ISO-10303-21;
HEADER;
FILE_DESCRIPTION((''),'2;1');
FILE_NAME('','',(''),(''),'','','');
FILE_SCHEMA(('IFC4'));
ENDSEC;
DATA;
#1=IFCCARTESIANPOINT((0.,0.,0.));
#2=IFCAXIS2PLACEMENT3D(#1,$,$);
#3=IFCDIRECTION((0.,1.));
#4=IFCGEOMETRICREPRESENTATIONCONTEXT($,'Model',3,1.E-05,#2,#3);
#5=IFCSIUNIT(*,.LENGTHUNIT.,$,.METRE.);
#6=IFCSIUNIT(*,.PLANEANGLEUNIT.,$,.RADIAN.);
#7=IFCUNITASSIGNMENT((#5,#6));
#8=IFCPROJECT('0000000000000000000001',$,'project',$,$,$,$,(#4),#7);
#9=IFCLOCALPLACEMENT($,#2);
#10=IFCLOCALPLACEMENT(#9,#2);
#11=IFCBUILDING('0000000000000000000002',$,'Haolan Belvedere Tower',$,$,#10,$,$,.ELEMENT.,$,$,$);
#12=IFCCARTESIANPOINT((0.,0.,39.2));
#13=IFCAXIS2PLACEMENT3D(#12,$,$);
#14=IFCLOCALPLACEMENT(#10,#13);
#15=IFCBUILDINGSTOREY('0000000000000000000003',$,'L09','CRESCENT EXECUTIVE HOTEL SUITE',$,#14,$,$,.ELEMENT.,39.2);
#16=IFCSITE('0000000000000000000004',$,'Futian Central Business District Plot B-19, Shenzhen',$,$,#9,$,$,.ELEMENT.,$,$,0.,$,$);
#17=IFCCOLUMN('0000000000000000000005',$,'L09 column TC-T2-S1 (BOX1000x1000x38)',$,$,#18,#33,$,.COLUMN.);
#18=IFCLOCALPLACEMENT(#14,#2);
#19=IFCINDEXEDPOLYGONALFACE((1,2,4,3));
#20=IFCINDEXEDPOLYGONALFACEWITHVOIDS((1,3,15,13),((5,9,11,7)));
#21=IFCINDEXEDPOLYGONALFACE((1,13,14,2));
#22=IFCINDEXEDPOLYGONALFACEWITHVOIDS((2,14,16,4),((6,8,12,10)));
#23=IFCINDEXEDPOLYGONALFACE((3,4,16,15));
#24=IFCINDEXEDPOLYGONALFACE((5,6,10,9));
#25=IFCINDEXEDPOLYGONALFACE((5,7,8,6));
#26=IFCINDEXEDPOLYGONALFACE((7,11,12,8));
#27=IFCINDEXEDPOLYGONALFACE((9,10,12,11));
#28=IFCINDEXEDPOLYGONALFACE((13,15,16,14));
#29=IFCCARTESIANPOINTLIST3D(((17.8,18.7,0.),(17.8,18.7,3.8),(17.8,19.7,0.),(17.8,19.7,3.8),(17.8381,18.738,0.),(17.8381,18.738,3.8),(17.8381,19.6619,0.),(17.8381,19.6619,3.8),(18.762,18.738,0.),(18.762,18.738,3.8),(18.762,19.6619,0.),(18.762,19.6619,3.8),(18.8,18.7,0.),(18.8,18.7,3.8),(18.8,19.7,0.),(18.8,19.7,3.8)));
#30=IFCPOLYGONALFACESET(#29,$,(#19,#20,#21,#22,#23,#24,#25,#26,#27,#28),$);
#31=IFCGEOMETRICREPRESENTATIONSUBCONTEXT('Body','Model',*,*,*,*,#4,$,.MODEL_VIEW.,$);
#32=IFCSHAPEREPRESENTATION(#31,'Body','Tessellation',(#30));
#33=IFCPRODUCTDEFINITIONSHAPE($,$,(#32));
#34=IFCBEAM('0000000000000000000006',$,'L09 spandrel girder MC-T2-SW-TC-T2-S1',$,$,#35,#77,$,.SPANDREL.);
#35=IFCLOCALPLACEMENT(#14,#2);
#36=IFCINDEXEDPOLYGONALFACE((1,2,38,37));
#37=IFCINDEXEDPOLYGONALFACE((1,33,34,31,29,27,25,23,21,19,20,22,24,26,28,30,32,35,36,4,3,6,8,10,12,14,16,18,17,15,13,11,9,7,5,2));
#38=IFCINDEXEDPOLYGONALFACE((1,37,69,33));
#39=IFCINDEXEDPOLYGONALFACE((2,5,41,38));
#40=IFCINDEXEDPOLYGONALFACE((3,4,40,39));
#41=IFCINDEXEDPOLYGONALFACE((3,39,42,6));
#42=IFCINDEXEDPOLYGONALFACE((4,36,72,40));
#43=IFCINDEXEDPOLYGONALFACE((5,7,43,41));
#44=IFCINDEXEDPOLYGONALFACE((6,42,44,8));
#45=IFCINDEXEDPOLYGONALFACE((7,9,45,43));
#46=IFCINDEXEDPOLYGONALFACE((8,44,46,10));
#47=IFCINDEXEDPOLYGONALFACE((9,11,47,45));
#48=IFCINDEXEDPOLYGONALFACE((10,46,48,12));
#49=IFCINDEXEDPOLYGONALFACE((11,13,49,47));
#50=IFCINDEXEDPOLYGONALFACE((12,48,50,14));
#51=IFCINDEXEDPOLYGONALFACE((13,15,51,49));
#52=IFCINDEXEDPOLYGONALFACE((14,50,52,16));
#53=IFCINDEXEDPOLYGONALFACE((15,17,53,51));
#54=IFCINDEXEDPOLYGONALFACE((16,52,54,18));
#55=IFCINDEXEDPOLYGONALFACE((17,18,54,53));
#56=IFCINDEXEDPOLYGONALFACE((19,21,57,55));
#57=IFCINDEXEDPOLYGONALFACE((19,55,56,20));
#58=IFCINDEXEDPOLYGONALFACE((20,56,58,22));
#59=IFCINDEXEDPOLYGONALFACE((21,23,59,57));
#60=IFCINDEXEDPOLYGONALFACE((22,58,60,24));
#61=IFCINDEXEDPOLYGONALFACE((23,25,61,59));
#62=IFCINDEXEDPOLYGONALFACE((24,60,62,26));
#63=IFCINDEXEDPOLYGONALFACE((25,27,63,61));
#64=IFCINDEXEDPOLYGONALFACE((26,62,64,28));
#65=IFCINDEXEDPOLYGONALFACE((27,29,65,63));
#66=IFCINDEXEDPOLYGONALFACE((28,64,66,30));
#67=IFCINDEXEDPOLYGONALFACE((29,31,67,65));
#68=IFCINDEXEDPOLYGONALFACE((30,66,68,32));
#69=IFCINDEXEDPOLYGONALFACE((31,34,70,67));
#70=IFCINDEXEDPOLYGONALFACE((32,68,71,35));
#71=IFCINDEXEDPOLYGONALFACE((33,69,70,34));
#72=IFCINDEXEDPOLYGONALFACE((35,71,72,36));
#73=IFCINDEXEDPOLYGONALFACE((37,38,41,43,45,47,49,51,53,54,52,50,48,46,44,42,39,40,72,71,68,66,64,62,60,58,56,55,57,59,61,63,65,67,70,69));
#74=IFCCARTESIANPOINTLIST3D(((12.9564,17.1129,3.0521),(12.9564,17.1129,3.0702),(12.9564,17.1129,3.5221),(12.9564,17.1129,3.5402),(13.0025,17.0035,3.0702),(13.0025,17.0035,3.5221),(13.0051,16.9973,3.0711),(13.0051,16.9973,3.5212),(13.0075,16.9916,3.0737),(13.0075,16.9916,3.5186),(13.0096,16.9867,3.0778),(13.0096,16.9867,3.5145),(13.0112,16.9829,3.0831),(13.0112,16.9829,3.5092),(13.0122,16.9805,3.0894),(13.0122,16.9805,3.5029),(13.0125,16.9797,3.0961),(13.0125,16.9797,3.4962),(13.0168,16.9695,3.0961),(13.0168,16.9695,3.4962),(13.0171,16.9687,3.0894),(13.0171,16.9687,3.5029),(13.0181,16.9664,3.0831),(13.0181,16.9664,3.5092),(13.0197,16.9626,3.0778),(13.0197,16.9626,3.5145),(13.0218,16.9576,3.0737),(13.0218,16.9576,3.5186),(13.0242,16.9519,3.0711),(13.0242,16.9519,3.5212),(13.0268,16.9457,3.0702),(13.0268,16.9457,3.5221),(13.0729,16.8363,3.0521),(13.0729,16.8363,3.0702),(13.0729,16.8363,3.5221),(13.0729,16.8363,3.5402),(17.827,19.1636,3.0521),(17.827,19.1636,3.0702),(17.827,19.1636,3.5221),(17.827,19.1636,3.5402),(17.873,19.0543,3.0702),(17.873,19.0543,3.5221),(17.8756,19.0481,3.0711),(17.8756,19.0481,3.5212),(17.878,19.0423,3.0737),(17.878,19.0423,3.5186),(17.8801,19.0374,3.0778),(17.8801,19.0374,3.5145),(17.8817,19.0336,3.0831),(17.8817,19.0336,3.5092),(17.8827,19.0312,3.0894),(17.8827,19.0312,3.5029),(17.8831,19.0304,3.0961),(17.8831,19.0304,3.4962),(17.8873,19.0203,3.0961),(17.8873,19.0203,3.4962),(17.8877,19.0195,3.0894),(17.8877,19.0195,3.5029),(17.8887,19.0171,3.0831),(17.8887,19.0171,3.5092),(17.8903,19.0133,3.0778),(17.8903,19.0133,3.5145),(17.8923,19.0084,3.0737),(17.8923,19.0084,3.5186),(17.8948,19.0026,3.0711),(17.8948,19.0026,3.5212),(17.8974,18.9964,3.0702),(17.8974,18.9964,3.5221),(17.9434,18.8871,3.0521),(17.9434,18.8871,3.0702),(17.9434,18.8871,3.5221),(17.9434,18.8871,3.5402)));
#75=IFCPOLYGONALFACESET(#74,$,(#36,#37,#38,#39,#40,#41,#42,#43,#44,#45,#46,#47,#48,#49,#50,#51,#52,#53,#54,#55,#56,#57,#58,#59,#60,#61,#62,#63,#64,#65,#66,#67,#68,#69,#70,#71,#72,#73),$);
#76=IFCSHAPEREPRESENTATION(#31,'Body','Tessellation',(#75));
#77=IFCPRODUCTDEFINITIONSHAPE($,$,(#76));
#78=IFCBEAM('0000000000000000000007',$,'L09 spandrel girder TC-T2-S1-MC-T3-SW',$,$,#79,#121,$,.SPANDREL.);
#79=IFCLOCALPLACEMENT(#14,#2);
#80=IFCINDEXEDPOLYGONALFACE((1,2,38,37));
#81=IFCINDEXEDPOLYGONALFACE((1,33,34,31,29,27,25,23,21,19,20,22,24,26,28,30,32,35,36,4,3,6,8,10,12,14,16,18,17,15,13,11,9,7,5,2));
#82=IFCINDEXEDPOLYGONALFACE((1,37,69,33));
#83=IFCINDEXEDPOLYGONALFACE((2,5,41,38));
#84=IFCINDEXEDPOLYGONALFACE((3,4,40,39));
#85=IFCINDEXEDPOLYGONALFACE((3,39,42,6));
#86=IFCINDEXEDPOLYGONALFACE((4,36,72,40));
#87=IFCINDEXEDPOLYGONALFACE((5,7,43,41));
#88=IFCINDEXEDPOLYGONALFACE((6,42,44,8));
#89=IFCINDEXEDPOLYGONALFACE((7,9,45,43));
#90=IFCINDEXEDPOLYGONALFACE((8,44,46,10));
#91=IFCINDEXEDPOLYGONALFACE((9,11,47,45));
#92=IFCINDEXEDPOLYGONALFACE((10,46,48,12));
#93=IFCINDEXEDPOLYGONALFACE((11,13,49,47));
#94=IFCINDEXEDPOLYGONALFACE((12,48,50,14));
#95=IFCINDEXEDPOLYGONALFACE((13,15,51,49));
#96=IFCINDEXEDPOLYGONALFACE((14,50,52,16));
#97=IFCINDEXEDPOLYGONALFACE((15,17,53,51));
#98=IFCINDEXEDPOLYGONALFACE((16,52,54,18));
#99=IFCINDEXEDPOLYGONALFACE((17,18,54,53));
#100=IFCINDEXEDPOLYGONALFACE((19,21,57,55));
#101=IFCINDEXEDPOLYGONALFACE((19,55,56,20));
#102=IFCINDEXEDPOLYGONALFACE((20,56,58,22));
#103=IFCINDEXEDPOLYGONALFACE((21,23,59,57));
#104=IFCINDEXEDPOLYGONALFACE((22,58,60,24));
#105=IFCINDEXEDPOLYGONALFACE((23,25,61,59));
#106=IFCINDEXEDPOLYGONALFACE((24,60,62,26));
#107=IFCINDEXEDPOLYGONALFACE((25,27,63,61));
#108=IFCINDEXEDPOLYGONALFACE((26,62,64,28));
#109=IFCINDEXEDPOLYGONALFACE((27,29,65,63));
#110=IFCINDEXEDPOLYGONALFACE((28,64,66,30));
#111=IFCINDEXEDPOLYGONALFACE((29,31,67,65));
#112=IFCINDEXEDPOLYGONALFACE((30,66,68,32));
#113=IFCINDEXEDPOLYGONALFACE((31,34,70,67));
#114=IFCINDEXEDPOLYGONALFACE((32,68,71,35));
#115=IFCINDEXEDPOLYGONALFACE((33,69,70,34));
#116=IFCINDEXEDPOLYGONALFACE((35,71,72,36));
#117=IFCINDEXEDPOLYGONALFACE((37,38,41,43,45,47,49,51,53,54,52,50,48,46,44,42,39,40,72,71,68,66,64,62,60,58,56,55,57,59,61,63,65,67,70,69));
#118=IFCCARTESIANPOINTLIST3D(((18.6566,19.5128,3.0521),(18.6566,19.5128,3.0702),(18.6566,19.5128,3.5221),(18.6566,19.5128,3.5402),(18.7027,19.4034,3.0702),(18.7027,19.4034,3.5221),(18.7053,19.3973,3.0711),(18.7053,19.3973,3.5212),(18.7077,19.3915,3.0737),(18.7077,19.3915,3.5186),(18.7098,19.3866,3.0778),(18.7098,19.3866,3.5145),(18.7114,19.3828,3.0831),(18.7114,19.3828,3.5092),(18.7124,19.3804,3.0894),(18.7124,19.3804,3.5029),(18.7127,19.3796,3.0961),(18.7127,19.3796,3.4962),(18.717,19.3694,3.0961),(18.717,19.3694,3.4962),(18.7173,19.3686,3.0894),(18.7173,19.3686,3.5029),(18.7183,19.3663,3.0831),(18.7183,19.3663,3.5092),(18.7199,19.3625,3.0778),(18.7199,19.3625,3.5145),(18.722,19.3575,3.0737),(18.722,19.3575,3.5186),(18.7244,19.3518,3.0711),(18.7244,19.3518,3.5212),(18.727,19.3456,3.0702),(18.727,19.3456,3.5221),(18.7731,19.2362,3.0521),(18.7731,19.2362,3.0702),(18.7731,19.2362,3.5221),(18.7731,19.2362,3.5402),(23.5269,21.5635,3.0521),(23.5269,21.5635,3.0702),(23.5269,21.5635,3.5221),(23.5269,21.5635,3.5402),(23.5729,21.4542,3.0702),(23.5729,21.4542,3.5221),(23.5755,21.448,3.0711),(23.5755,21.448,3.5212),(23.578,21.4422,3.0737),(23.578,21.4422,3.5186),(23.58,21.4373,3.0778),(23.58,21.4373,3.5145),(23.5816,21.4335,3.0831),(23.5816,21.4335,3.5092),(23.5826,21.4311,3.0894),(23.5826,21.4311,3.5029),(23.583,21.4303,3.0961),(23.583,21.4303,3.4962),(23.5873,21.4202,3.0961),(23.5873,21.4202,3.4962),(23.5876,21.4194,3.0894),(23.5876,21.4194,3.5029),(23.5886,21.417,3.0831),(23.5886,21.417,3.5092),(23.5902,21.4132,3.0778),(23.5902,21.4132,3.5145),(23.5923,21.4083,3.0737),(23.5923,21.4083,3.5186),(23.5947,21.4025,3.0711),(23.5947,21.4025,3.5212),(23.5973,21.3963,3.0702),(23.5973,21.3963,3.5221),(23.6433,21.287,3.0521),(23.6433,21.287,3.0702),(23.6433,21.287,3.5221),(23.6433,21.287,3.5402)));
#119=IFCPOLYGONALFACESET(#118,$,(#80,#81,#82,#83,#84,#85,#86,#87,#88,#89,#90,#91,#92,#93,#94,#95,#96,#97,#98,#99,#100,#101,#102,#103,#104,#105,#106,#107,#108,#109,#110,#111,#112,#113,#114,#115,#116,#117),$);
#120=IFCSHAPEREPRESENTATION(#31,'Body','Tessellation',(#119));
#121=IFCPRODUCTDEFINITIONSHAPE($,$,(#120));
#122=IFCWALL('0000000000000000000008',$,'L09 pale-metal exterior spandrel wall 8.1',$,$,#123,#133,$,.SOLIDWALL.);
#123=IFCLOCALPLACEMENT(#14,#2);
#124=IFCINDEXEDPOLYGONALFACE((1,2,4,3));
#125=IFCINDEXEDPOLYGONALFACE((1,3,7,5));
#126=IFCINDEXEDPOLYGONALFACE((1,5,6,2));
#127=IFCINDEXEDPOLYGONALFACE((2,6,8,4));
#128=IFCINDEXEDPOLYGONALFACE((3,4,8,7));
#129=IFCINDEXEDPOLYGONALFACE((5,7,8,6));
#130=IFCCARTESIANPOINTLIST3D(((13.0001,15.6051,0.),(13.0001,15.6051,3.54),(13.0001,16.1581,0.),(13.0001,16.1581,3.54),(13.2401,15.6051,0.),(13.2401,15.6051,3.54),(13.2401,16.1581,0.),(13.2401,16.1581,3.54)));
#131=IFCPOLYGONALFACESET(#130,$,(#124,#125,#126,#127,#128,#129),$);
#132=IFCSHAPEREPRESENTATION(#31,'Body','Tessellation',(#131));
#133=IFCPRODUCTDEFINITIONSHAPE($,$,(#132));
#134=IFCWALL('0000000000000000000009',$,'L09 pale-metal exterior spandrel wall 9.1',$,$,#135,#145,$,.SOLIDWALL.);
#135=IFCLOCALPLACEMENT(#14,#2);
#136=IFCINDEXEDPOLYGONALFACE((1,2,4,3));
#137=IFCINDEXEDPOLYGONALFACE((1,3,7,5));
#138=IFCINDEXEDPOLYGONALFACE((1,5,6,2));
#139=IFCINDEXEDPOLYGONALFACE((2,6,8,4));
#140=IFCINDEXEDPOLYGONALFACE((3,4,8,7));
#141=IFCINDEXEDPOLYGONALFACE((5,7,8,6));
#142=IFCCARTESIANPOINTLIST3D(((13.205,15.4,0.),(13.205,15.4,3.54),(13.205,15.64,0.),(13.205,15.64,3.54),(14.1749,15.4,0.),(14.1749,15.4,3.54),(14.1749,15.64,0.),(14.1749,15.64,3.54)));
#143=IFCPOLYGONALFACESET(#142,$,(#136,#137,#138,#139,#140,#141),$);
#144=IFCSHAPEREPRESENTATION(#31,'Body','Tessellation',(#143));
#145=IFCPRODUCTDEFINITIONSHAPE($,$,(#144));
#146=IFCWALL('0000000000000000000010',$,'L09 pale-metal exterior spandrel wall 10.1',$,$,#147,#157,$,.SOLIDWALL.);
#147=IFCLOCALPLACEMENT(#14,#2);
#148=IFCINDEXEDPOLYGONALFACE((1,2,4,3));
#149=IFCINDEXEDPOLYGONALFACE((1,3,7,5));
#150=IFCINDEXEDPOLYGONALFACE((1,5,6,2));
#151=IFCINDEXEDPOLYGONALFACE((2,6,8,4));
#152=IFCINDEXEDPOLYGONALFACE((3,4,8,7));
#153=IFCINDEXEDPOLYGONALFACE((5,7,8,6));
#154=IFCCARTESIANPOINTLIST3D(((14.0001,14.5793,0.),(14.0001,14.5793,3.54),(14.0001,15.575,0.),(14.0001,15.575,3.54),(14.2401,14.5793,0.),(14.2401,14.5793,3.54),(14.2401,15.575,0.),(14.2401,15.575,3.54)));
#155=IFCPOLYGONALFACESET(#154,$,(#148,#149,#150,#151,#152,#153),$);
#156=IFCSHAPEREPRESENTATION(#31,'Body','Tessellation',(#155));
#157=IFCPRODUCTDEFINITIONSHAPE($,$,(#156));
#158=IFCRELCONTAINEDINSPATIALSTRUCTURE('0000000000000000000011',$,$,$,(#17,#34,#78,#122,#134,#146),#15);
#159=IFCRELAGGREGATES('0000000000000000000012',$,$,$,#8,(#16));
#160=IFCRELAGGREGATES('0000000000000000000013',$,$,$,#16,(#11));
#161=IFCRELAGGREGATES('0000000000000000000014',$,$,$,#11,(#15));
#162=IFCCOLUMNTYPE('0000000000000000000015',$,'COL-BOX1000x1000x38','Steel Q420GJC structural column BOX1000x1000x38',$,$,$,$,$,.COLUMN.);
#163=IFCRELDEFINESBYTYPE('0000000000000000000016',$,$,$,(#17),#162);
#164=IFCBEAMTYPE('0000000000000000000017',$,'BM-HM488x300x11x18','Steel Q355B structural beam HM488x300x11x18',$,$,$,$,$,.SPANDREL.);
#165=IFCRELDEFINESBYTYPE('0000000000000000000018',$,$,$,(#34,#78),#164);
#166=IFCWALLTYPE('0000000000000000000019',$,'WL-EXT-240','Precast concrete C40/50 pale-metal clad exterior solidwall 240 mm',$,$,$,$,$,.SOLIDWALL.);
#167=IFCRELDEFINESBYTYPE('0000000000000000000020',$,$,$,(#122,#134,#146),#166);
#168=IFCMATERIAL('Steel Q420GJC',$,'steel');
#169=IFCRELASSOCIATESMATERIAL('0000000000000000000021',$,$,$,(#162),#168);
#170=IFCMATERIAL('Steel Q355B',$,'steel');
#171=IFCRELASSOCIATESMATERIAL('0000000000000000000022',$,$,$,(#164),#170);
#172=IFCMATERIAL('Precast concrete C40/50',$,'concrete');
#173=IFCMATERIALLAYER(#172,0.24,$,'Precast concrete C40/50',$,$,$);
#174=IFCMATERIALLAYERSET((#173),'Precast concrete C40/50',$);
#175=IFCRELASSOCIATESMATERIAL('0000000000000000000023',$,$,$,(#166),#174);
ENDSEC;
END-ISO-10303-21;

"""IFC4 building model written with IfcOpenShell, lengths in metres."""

from ifc_helpers import new_model, si_unit, direction, frame, frame_2d, origin, origin_2d, place, context, subcontext, project, spatial, rectangle, hollow_rectangle, i_section, extrude, material, layer, layer_set, material_profile, profile_set, type_object, element, save


model = new_model("IFC4")

# Units and contexts
model_context = context("Model", 3, precision=1e-05, world=origin(), true_north=direction((0.0, 1.0)))
body_context = subcontext(model_context, "Body", "Model", "MODEL_VIEW")
ifc_project = project(units=[si_unit("LENGTHUNIT", "METRE"), si_unit("PLANEANGLEUNIT", "RADIAN")], contexts=[model_context])

# Site, building, storey
site_placement = place(None, origin())
site = spatial("IfcSite", under=ifc_project, at=site_placement, Name="Futian Central Business District Plot B-19, Shenzhen", CompositionType="ELEMENT", RefElevation=0.0)
building_placement = place(site_placement, origin())
building = spatial("IfcBuilding", under=site, at=building_placement, Name="Haolan Belvedere Tower", CompositionType="ELEMENT")
storey_placement = place(building_placement, frame((0.0, 0.0, 39.2)))
storey = spatial("IfcBuildingStorey", under=building, at=storey_placement, Name="L09", Description="CRESCENT EXECUTIVE HOTEL SUITE", CompositionType="ELEMENT", Elevation=39.2)

# Column
ifc_material_1 = material(Name="Steel Q420GJC", Category="steel")
ifc_material_profile_1 = material_profile(ifc_material_1, hollow_rectangle(XDim=1.0, YDim=1.0, WallThickness=0.0381, at=origin_2d()), Name="Steel Q420GJC")
ifc_profile_set_1 = profile_set([ifc_material_profile_1], Name="Steel Q420GJC")
column_type = type_object("IfcColumnType", Name="COL-BOX1000x1000x38", Description="Steel Q420GJC structural column BOX1000x1000x38", PredefinedType="COLUMN", material=ifc_profile_set_1)
column_placement = place(storey_placement, frame((18.3, 19.2, 0.0), z_axis=(0.0, 0.0, 1.0), x_axis=(1.0, 0.0, 0.0)))
element("IfcColumn", 1, at=column_placement, inside=storey, type_object=column_type, Name="L09 column TC-T2-S1 (BOX1000x1000x38)", PredefinedType="COLUMN", context=body_context, shape_type="SweptSolid", body=[
    extrude(hollow_rectangle(XDim=1.0, YDim=1.0, WallThickness=0.0381, at=origin_2d()), origin(), (0.0, 0.0, 1.0), 3.8),
])

# Beams
ifc_material_2 = material(Name="Steel Q355B", Category="steel")
ifc_material_profile_2 = material_profile(ifc_material_2, i_section(OverallWidth=0.3, OverallDepth=0.488, WebThickness=0.011, FlangeThickness=0.0181, FilletRadius=0.0259, at=origin_2d()), Name="Steel Q355B")
ifc_profile_set_2 = profile_set([ifc_material_profile_2], Name="Steel Q355B")
beam_type = type_object("IfcBeamType", Name="BM-HM488x300x11x18", Description="Steel Q355B structural beam HM488x300x11x18", PredefinedType="SPANDREL", material=ifc_profile_set_2)
beam_1_placement = place(storey_placement, frame((13.0146, 16.9746, 3.2961), z_axis=(0.921635, 0.388057, 0.0), x_axis=(-0.388057, 0.921635, 0.0)))
element("IfcBeam", 2, at=beam_1_placement, inside=storey, type_object=beam_type, Name="L09 spandrel girder MC-T2-SW-TC-T2-S1", PredefinedType="SPANDREL", context=body_context, shape_type="SweptSolid", body=[
    extrude(i_section(OverallWidth=0.3, OverallDepth=0.488, WebThickness=0.011, FlangeThickness=0.0181, FilletRadius=0.0259, at=origin_2d()), origin(), (0.0, 0.0, 1.0), 5.2847),
])
beam_2_placement = place(storey_placement, frame((18.7148, 19.3745, 3.2961), z_axis=(0.921628, 0.388074, 0.0), x_axis=(-0.388074, 0.921628, 0.0)))
element("IfcBeam", 3, at=beam_2_placement, inside=storey, type_object=beam_type, Name="L09 spandrel girder TC-T2-S1-MC-T3-SW", PredefinedType="SPANDREL", context=body_context, shape_type="SweptSolid", body=[
    extrude(i_section(OverallWidth=0.3, OverallDepth=0.488, WebThickness=0.011, FlangeThickness=0.0181, FilletRadius=0.0259, at=origin_2d()), origin(), (0.0, 0.0, 1.0), 5.2844),
])

# Walls
ifc_material_3 = material(Name="Precast concrete C40/50", Category="concrete")
ifc_layer_1 = layer(ifc_material_3, 0.24, Name="Precast concrete C40/50")
ifc_layer_set_1 = layer_set([ifc_layer_1], Name="Precast concrete C40/50")
wall_type_1 = type_object("IfcWallType", Name="WL-EXT-240", Description="Precast concrete C40/50 pale-metal clad exterior solidwall 240 mm", PredefinedType="SOLIDWALL", material=ifc_layer_set_1)
wall_1_placement = place(storey_placement, frame((13.1201, 16.158, 0.0), z_axis=(0.0, 0.0, 1.0), x_axis=(0.0, -1.0, 0.0)))
element("IfcWall", 4, at=wall_1_placement, inside=storey, type_object=wall_type_1, Name="L09 pale-metal exterior spandrel wall 8.1", PredefinedType="SOLIDWALL", context=body_context, shape_type="SweptSolid", body=[
    extrude(rectangle(XDim=0.553, YDim=0.24, at=frame_2d((0.2764, 0.0))), origin(), (0.0, 0.0, 1.0), 3.54),
])
wall_2_placement = place(storey_placement, frame((13.2051, 15.52, 0.0), z_axis=(0.0, 0.0, 1.0), x_axis=(1.0, 0.0, 0.0)))
element("IfcWall", 5, at=wall_2_placement, inside=storey, type_object=wall_type_1, Name="L09 pale-metal exterior spandrel wall 9.1", PredefinedType="SOLIDWALL", context=body_context, shape_type="SweptSolid", body=[
    extrude(rectangle(XDim=0.97, YDim=0.24, at=frame_2d((0.4849, 0.0))), origin(), (0.0, 0.0, 1.0), 3.54),
])
wall_3_placement = place(storey_placement, frame((14.1201, 15.575, 0.0), z_axis=(0.0, 0.0, 1.0), x_axis=(0.0, -1.0, 0.0)))
element("IfcWall", 6, at=wall_3_placement, inside=storey, type_object=wall_type_1, Name="L09 pale-metal exterior spandrel wall 10.1", PredefinedType="SOLIDWALL", context=body_context, shape_type="SweptSolid", body=[
    extrude(rectangle(XDim=0.9956, YDim=0.24, at=frame_2d((0.4978, 0.0))), origin(), (0.0, 0.0, 1.0), 3.54),
])

save(model, "model.ifc")
